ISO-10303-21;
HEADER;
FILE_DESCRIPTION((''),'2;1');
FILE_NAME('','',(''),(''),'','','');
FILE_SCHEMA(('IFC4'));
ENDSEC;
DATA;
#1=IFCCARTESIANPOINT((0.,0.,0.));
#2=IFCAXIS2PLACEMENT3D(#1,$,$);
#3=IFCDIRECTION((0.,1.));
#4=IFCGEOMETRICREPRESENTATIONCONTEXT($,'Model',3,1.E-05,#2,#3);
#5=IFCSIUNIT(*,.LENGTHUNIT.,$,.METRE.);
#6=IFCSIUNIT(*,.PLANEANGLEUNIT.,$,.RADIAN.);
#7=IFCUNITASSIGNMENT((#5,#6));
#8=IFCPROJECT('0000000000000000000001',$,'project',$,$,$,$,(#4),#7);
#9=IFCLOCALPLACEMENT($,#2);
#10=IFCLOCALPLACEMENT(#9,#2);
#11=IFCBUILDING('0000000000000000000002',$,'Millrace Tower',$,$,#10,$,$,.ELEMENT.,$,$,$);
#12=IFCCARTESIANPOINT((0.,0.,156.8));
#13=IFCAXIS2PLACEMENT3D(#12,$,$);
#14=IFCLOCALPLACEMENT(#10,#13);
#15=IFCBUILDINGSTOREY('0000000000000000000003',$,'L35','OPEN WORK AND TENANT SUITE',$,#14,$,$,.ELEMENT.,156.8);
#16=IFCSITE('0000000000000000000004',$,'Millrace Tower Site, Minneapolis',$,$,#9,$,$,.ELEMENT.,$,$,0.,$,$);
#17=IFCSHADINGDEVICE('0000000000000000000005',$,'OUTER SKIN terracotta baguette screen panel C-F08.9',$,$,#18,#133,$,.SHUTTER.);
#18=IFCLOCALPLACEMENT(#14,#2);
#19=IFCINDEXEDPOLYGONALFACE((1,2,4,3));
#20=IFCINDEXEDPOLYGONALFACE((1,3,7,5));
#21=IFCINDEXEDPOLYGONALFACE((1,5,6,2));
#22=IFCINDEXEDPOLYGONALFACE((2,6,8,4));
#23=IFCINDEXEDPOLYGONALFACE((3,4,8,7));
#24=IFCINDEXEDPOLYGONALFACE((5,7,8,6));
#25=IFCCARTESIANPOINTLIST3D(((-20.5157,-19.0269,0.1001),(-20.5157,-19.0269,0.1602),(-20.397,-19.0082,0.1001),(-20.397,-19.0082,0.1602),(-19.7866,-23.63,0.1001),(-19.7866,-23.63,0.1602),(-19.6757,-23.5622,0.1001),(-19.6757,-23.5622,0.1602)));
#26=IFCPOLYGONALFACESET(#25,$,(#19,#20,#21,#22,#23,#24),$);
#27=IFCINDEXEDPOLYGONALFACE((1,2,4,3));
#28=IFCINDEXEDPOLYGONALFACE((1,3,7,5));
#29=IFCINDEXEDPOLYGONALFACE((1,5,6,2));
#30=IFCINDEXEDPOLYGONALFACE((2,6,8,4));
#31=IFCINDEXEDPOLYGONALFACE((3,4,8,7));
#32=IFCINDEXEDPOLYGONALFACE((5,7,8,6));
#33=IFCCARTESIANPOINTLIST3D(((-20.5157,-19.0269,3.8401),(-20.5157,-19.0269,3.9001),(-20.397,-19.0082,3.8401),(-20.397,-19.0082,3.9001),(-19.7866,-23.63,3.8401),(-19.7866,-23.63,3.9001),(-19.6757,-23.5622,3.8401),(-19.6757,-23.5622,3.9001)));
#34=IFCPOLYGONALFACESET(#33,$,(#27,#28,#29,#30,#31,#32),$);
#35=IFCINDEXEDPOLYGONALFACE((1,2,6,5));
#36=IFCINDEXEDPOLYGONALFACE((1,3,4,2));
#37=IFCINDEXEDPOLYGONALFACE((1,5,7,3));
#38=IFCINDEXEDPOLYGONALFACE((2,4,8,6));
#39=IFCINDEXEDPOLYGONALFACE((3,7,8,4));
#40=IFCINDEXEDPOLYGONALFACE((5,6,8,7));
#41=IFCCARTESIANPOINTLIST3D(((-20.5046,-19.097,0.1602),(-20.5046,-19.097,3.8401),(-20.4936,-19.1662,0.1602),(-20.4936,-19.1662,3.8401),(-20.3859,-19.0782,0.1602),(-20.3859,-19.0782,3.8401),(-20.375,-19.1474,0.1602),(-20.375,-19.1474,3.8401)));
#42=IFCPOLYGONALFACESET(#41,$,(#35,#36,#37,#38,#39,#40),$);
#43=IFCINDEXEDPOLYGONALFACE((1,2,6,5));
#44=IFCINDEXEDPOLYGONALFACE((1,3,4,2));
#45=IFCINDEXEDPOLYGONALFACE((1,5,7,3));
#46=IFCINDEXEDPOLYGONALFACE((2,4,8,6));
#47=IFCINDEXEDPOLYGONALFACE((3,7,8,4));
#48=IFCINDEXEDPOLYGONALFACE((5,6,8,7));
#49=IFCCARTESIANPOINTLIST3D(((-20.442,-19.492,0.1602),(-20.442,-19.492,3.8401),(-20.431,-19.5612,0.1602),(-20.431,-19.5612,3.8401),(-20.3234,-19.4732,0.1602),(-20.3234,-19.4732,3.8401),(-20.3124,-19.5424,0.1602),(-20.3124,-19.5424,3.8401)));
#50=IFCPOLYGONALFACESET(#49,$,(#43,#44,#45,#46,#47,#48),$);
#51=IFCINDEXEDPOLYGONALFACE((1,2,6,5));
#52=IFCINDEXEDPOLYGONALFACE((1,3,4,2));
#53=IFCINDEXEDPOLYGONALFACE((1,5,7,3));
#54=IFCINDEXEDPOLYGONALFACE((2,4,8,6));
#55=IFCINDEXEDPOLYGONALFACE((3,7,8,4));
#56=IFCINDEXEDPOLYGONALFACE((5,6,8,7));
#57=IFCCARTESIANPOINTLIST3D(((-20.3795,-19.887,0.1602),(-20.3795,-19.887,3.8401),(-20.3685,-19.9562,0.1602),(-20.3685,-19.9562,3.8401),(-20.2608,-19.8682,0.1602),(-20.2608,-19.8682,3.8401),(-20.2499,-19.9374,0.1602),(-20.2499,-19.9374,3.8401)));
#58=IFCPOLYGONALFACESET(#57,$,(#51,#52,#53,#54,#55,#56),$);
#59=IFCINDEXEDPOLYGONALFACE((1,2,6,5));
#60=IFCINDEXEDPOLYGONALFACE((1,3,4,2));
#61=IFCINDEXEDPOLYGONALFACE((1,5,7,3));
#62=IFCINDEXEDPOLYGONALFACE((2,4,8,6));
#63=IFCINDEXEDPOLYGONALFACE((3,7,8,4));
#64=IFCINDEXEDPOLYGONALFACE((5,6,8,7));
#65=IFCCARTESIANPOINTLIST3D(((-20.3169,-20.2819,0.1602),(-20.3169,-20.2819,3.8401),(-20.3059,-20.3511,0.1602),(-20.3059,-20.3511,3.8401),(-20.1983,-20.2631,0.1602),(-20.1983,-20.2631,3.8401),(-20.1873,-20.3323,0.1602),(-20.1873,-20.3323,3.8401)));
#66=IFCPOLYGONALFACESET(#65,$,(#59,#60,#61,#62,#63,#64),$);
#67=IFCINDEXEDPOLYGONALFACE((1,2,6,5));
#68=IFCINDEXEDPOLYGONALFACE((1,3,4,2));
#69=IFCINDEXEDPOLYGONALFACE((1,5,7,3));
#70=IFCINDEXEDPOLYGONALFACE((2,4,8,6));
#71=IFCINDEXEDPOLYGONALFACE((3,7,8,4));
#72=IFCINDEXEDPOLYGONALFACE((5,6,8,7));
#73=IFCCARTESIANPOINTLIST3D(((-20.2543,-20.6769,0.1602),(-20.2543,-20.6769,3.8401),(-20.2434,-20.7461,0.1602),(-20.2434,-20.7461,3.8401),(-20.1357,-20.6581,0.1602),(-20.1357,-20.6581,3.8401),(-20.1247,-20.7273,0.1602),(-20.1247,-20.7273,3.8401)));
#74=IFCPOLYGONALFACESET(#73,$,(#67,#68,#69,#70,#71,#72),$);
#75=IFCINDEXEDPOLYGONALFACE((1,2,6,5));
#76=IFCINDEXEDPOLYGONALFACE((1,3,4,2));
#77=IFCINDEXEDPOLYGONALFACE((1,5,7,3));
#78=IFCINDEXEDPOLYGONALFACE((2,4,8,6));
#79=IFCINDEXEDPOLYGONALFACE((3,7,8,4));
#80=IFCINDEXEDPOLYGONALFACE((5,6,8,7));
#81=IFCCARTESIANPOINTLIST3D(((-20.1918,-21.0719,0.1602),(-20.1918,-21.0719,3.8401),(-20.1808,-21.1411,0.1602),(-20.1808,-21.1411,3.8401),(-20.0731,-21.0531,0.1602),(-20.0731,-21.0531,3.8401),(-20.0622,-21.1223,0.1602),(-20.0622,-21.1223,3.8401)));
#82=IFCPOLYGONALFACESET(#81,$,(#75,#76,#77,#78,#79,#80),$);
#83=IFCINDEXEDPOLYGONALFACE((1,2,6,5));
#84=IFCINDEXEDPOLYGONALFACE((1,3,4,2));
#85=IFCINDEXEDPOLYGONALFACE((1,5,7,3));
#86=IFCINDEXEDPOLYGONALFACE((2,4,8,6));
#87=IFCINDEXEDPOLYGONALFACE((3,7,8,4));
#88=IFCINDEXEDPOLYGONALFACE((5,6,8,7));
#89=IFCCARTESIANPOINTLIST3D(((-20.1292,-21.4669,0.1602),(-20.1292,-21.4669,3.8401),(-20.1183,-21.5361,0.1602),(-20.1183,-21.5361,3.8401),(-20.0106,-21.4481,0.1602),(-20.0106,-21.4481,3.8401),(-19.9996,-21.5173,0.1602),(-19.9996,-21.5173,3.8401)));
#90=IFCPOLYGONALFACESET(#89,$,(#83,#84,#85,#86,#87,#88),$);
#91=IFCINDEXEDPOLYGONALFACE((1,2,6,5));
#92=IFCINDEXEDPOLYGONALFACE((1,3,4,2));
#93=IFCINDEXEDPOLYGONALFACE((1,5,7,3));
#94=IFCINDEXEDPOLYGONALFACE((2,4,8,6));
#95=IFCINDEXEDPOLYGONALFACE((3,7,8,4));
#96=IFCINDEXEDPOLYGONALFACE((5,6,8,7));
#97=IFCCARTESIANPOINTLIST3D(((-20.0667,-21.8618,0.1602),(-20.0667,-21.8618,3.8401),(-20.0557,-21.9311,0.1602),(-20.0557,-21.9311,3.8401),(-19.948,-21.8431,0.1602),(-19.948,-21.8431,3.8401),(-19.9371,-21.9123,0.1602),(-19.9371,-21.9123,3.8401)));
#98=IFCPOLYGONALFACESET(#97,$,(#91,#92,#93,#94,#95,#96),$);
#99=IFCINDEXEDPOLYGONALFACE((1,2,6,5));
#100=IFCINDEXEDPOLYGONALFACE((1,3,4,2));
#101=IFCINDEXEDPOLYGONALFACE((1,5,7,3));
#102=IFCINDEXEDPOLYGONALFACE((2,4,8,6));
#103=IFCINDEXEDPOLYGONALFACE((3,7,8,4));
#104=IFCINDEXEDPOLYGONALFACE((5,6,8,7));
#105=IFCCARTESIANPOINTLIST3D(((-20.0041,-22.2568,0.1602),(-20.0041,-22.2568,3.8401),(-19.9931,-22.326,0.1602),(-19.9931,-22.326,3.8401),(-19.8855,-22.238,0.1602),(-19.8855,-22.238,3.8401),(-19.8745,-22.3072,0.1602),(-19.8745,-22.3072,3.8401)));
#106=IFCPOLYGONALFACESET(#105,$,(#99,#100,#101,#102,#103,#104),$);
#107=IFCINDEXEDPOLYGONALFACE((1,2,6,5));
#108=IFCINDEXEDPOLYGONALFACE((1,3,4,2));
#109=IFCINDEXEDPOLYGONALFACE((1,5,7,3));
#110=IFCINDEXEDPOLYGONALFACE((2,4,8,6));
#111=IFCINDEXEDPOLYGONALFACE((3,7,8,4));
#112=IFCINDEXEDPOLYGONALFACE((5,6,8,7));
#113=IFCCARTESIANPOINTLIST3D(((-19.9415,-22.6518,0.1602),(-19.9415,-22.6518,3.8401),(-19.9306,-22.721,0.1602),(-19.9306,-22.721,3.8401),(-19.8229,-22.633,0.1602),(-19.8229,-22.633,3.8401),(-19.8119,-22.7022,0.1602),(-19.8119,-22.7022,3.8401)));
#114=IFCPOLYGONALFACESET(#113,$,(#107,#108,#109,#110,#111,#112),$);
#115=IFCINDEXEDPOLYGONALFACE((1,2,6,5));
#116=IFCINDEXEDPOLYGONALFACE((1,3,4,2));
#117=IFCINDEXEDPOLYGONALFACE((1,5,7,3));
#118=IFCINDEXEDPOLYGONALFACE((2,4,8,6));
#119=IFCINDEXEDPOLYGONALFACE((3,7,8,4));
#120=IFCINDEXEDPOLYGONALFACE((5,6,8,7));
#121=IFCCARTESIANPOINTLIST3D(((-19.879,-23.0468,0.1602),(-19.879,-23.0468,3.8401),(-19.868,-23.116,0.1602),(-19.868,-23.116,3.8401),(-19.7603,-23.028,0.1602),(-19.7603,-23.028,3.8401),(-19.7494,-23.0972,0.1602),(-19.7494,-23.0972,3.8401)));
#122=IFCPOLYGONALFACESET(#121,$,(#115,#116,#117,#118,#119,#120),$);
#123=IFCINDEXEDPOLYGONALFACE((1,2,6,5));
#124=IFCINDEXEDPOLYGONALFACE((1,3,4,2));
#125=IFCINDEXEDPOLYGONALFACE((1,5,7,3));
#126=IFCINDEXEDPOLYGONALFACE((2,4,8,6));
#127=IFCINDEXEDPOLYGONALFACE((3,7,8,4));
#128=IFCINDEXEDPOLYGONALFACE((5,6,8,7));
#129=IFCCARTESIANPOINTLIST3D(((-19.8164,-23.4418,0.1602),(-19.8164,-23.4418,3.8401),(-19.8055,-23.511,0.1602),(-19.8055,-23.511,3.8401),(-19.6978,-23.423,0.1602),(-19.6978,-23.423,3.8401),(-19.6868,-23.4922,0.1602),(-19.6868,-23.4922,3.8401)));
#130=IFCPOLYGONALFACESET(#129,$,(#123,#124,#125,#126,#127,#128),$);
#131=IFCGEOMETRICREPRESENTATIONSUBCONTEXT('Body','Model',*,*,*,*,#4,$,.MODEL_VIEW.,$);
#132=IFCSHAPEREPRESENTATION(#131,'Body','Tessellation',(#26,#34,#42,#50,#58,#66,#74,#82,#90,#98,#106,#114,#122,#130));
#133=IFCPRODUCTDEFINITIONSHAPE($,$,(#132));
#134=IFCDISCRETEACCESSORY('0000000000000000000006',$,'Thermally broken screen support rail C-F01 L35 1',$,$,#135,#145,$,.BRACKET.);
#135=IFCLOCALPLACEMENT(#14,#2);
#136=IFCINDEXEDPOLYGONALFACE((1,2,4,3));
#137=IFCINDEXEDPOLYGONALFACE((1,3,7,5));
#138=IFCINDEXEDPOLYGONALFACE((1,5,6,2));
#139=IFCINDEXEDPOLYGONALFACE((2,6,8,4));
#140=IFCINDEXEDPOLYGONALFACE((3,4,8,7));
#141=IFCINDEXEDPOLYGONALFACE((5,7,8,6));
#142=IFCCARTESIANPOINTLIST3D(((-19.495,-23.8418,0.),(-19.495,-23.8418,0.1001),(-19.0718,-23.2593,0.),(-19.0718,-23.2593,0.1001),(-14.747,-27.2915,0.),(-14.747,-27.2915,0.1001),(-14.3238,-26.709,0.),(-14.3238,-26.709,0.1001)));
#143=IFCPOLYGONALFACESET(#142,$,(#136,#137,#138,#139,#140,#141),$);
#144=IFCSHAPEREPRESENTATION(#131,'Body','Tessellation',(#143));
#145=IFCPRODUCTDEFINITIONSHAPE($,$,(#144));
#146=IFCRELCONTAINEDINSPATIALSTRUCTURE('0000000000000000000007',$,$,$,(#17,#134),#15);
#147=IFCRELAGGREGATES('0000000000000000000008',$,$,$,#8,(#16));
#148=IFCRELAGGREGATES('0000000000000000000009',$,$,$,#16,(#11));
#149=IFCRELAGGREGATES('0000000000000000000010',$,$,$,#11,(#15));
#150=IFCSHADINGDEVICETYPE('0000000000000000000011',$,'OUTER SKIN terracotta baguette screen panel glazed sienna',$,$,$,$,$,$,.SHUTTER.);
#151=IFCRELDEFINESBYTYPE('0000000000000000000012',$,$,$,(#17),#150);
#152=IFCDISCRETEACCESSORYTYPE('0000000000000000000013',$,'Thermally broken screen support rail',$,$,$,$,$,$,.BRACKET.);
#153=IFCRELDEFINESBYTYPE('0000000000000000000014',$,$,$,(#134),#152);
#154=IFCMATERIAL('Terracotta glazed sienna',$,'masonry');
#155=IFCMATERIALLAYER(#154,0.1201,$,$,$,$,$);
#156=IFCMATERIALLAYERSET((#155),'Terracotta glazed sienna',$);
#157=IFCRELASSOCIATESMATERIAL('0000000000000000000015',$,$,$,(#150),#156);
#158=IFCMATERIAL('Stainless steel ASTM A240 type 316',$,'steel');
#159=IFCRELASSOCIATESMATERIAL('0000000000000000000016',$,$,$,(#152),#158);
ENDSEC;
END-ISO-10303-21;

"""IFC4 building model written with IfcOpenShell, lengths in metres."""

from ifc_helpers import new_model, entity, si_unit, direction, frame, frame_2d, origin, origin_2d, place, context, subcontext, project, spatial, rectangle, extrude, source, transform, mapped, material, layer, layer_set, type_object, element, save


model = new_model("IFC4")

# Units and contexts
model_context = context("Model", 3, precision=1e-05, world=origin(), true_north=direction((0.0, 1.0)))
body_context = subcontext(model_context, "Body", "Model", "MODEL_VIEW")
ifc_project = project(units=[si_unit("LENGTHUNIT", "METRE"), si_unit("PLANEANGLEUNIT", "RADIAN")], contexts=[model_context])

# Site, building, storey
site_placement = place(None, origin())
site = spatial("IfcSite", under=ifc_project, at=site_placement, Name="Millrace Tower Site, Minneapolis", CompositionType="ELEMENT", RefElevation=0.0)
building_placement = place(site_placement, origin())
building = spatial("IfcBuilding", under=site, at=building_placement, Name="Millrace Tower", CompositionType="ELEMENT")
storey_placement = place(building_placement, frame((0.0, 0.0, 156.8)))
storey = spatial("IfcBuildingStorey", under=building, at=storey_placement, Name="L35", Description="OPEN WORK AND TENANT SUITE", CompositionType="ELEMENT", Elevation=156.8)

# Shading device
ifc_material_1 = material(Name="Terracotta glazed sienna", Category="masonry")
ifc_layer_1 = layer(ifc_material_1, 0.1201)
ifc_layer_set_1 = layer_set([ifc_layer_1], Name="Terracotta glazed sienna")
shading_device_type = type_object("IfcShadingDeviceType", Name="OUTER SKIN terracotta baguette screen panel glazed sienna", PredefinedType="SHUTTER", material=ifc_layer_set_1)
cartesian_point_1 = entity("IfcCartesianPoint", [-2.3179, 0.0601])
shared_polyline_1 = entity("IfcPolyline", [cartesian_point_1, entity("IfcCartesianPoint", [2.293, 0.0601]), entity("IfcCartesianPoint", [2.3425, -0.0601]), entity("IfcCartesianPoint", [-2.3179, -0.0601]), cartesian_point_1])
shared_shape_1 = source(origin(), body_context, "Body", "SweptSolid", [
    entity("IfcExtrudedAreaSolid", entity("IfcArbitraryClosedProfileDef", "AREA", None, shared_polyline_1), entity("IfcAxis2Placement3D", entity("IfcCartesianPoint", [0.0, 0.0, 0.0])), entity("IfcDirection", [0.0, 0.0, 1.0]), 0.0601),
    entity("IfcExtrudedAreaSolid", entity("IfcArbitraryClosedProfileDef", "AREA", None, shared_polyline_1), entity("IfcAxis2Placement3D", entity("IfcCartesianPoint", [0.0, 0.0, 3.74])), entity("IfcDirection", [0.0, 0.0, 1.0]), 0.0601),
    extrude(rectangle(XDim=0.0701, YDim=0.1201, at=frame_2d((-2.2119, 0.0))), frame((0.0, 0.0, 0.0601)), (0.0, 0.0, 1.0), 3.6799),
    extrude(rectangle(XDim=0.0701, YDim=0.1201, at=frame_2d((-1.812, 0.0))), frame((0.0, 0.0, 0.0601)), (0.0, 0.0, 1.0), 3.6799),
    extrude(rectangle(XDim=0.0701, YDim=0.1201, at=frame_2d((-1.4121, 0.0))), frame((0.0, 0.0, 0.0601)), (0.0, 0.0, 1.0), 3.6799),
    extrude(rectangle(XDim=0.0701, YDim=0.1201, at=frame_2d((-1.0122, 0.0))), frame((0.0, 0.0, 0.0601)), (0.0, 0.0, 1.0), 3.6799),
    extrude(rectangle(XDim=0.0701, YDim=0.1201, at=frame_2d((-0.6123, 0.0))), frame((0.0, 0.0, 0.0601)), (0.0, 0.0, 1.0), 3.6799),
    extrude(rectangle(XDim=0.0701, YDim=0.1201, at=frame_2d((-0.2124, 0.0))), frame((0.0, 0.0, 0.0601)), (0.0, 0.0, 1.0), 3.6799),
    extrude(rectangle(XDim=0.0701, YDim=0.1201, at=frame_2d((0.1875, 0.0))), frame((0.0, 0.0, 0.0601)), (0.0, 0.0, 1.0), 3.6799),
    extrude(rectangle(XDim=0.0701, YDim=0.1201, at=frame_2d((0.5874, 0.0))), frame((0.0, 0.0, 0.0601)), (0.0, 0.0, 1.0), 3.6799),
    extrude(rectangle(XDim=0.0701, YDim=0.1201, at=frame_2d((0.9873, 0.0))), frame((0.0, 0.0, 0.0601)), (0.0, 0.0, 1.0), 3.6799),
    extrude(rectangle(XDim=0.0701, YDim=0.1201, at=frame_2d((1.3872, 0.0))), frame((0.0, 0.0, 0.0601)), (0.0, 0.0, 1.0), 3.6799),
    extrude(rectangle(XDim=0.0701, YDim=0.1201, at=frame_2d((1.7871, 0.0))), frame((0.0, 0.0, 0.0601)), (0.0, 0.0, 1.0), 3.6799),
    extrude(rectangle(XDim=0.0701, YDim=0.1201, at=frame_2d((2.187, 0.0))), frame((0.0, 0.0, 0.0601)), (0.0, 0.0, 1.0), 3.6799),
])
shading_device_1_placement = place(storey_placement, frame((-20.0938, -21.3069, 0.1001), z_axis=(0.0, 0.0, 1.0), x_axis=(0.156434, -0.987688, 0.0)))
element("IfcShadingDevice", 1, at=shading_device_1_placement, inside=storey, type_object=shading_device_type, Name="OUTER SKIN terracotta baguette screen panel C-F08.9", PredefinedType="SHUTTER", context=body_context, shape_type="MappedRepresentation", body=[
    mapped(shared_shape_1, transform((0.0, 0.0, 0.0), scale=1.0)),
])

# Discrete accessory
ifc_material_2 = material(Name="Stainless steel ASTM A240 type 316", Category="steel")
discrete_accessory_type = type_object("IfcDiscreteAccessoryType", Name="Thermally broken screen support rail", PredefinedType="BRACKET", material=ifc_material_2)
discrete_accessory_placement = place(storey_placement, frame((-16.9094, -25.2754, 0.0), z_axis=(0.0, 0.0, 1.0), x_axis=(0.809017, -0.587785, 0.0)))
element("IfcDiscreteAccessory", 2, at=discrete_accessory_placement, inside=storey, type_object=discrete_accessory_type, Name="Thermally broken screen support rail C-F01 L35 1", PredefinedType="BRACKET", context=body_context, shape_type="SweptSolid", body=[
    extrude(rectangle(XDim=5.8689, YDim=0.72, at=origin_2d()), origin(), (0.0, 0.0, 1.0), 0.1001),
])

save(model, "model.ifc")
